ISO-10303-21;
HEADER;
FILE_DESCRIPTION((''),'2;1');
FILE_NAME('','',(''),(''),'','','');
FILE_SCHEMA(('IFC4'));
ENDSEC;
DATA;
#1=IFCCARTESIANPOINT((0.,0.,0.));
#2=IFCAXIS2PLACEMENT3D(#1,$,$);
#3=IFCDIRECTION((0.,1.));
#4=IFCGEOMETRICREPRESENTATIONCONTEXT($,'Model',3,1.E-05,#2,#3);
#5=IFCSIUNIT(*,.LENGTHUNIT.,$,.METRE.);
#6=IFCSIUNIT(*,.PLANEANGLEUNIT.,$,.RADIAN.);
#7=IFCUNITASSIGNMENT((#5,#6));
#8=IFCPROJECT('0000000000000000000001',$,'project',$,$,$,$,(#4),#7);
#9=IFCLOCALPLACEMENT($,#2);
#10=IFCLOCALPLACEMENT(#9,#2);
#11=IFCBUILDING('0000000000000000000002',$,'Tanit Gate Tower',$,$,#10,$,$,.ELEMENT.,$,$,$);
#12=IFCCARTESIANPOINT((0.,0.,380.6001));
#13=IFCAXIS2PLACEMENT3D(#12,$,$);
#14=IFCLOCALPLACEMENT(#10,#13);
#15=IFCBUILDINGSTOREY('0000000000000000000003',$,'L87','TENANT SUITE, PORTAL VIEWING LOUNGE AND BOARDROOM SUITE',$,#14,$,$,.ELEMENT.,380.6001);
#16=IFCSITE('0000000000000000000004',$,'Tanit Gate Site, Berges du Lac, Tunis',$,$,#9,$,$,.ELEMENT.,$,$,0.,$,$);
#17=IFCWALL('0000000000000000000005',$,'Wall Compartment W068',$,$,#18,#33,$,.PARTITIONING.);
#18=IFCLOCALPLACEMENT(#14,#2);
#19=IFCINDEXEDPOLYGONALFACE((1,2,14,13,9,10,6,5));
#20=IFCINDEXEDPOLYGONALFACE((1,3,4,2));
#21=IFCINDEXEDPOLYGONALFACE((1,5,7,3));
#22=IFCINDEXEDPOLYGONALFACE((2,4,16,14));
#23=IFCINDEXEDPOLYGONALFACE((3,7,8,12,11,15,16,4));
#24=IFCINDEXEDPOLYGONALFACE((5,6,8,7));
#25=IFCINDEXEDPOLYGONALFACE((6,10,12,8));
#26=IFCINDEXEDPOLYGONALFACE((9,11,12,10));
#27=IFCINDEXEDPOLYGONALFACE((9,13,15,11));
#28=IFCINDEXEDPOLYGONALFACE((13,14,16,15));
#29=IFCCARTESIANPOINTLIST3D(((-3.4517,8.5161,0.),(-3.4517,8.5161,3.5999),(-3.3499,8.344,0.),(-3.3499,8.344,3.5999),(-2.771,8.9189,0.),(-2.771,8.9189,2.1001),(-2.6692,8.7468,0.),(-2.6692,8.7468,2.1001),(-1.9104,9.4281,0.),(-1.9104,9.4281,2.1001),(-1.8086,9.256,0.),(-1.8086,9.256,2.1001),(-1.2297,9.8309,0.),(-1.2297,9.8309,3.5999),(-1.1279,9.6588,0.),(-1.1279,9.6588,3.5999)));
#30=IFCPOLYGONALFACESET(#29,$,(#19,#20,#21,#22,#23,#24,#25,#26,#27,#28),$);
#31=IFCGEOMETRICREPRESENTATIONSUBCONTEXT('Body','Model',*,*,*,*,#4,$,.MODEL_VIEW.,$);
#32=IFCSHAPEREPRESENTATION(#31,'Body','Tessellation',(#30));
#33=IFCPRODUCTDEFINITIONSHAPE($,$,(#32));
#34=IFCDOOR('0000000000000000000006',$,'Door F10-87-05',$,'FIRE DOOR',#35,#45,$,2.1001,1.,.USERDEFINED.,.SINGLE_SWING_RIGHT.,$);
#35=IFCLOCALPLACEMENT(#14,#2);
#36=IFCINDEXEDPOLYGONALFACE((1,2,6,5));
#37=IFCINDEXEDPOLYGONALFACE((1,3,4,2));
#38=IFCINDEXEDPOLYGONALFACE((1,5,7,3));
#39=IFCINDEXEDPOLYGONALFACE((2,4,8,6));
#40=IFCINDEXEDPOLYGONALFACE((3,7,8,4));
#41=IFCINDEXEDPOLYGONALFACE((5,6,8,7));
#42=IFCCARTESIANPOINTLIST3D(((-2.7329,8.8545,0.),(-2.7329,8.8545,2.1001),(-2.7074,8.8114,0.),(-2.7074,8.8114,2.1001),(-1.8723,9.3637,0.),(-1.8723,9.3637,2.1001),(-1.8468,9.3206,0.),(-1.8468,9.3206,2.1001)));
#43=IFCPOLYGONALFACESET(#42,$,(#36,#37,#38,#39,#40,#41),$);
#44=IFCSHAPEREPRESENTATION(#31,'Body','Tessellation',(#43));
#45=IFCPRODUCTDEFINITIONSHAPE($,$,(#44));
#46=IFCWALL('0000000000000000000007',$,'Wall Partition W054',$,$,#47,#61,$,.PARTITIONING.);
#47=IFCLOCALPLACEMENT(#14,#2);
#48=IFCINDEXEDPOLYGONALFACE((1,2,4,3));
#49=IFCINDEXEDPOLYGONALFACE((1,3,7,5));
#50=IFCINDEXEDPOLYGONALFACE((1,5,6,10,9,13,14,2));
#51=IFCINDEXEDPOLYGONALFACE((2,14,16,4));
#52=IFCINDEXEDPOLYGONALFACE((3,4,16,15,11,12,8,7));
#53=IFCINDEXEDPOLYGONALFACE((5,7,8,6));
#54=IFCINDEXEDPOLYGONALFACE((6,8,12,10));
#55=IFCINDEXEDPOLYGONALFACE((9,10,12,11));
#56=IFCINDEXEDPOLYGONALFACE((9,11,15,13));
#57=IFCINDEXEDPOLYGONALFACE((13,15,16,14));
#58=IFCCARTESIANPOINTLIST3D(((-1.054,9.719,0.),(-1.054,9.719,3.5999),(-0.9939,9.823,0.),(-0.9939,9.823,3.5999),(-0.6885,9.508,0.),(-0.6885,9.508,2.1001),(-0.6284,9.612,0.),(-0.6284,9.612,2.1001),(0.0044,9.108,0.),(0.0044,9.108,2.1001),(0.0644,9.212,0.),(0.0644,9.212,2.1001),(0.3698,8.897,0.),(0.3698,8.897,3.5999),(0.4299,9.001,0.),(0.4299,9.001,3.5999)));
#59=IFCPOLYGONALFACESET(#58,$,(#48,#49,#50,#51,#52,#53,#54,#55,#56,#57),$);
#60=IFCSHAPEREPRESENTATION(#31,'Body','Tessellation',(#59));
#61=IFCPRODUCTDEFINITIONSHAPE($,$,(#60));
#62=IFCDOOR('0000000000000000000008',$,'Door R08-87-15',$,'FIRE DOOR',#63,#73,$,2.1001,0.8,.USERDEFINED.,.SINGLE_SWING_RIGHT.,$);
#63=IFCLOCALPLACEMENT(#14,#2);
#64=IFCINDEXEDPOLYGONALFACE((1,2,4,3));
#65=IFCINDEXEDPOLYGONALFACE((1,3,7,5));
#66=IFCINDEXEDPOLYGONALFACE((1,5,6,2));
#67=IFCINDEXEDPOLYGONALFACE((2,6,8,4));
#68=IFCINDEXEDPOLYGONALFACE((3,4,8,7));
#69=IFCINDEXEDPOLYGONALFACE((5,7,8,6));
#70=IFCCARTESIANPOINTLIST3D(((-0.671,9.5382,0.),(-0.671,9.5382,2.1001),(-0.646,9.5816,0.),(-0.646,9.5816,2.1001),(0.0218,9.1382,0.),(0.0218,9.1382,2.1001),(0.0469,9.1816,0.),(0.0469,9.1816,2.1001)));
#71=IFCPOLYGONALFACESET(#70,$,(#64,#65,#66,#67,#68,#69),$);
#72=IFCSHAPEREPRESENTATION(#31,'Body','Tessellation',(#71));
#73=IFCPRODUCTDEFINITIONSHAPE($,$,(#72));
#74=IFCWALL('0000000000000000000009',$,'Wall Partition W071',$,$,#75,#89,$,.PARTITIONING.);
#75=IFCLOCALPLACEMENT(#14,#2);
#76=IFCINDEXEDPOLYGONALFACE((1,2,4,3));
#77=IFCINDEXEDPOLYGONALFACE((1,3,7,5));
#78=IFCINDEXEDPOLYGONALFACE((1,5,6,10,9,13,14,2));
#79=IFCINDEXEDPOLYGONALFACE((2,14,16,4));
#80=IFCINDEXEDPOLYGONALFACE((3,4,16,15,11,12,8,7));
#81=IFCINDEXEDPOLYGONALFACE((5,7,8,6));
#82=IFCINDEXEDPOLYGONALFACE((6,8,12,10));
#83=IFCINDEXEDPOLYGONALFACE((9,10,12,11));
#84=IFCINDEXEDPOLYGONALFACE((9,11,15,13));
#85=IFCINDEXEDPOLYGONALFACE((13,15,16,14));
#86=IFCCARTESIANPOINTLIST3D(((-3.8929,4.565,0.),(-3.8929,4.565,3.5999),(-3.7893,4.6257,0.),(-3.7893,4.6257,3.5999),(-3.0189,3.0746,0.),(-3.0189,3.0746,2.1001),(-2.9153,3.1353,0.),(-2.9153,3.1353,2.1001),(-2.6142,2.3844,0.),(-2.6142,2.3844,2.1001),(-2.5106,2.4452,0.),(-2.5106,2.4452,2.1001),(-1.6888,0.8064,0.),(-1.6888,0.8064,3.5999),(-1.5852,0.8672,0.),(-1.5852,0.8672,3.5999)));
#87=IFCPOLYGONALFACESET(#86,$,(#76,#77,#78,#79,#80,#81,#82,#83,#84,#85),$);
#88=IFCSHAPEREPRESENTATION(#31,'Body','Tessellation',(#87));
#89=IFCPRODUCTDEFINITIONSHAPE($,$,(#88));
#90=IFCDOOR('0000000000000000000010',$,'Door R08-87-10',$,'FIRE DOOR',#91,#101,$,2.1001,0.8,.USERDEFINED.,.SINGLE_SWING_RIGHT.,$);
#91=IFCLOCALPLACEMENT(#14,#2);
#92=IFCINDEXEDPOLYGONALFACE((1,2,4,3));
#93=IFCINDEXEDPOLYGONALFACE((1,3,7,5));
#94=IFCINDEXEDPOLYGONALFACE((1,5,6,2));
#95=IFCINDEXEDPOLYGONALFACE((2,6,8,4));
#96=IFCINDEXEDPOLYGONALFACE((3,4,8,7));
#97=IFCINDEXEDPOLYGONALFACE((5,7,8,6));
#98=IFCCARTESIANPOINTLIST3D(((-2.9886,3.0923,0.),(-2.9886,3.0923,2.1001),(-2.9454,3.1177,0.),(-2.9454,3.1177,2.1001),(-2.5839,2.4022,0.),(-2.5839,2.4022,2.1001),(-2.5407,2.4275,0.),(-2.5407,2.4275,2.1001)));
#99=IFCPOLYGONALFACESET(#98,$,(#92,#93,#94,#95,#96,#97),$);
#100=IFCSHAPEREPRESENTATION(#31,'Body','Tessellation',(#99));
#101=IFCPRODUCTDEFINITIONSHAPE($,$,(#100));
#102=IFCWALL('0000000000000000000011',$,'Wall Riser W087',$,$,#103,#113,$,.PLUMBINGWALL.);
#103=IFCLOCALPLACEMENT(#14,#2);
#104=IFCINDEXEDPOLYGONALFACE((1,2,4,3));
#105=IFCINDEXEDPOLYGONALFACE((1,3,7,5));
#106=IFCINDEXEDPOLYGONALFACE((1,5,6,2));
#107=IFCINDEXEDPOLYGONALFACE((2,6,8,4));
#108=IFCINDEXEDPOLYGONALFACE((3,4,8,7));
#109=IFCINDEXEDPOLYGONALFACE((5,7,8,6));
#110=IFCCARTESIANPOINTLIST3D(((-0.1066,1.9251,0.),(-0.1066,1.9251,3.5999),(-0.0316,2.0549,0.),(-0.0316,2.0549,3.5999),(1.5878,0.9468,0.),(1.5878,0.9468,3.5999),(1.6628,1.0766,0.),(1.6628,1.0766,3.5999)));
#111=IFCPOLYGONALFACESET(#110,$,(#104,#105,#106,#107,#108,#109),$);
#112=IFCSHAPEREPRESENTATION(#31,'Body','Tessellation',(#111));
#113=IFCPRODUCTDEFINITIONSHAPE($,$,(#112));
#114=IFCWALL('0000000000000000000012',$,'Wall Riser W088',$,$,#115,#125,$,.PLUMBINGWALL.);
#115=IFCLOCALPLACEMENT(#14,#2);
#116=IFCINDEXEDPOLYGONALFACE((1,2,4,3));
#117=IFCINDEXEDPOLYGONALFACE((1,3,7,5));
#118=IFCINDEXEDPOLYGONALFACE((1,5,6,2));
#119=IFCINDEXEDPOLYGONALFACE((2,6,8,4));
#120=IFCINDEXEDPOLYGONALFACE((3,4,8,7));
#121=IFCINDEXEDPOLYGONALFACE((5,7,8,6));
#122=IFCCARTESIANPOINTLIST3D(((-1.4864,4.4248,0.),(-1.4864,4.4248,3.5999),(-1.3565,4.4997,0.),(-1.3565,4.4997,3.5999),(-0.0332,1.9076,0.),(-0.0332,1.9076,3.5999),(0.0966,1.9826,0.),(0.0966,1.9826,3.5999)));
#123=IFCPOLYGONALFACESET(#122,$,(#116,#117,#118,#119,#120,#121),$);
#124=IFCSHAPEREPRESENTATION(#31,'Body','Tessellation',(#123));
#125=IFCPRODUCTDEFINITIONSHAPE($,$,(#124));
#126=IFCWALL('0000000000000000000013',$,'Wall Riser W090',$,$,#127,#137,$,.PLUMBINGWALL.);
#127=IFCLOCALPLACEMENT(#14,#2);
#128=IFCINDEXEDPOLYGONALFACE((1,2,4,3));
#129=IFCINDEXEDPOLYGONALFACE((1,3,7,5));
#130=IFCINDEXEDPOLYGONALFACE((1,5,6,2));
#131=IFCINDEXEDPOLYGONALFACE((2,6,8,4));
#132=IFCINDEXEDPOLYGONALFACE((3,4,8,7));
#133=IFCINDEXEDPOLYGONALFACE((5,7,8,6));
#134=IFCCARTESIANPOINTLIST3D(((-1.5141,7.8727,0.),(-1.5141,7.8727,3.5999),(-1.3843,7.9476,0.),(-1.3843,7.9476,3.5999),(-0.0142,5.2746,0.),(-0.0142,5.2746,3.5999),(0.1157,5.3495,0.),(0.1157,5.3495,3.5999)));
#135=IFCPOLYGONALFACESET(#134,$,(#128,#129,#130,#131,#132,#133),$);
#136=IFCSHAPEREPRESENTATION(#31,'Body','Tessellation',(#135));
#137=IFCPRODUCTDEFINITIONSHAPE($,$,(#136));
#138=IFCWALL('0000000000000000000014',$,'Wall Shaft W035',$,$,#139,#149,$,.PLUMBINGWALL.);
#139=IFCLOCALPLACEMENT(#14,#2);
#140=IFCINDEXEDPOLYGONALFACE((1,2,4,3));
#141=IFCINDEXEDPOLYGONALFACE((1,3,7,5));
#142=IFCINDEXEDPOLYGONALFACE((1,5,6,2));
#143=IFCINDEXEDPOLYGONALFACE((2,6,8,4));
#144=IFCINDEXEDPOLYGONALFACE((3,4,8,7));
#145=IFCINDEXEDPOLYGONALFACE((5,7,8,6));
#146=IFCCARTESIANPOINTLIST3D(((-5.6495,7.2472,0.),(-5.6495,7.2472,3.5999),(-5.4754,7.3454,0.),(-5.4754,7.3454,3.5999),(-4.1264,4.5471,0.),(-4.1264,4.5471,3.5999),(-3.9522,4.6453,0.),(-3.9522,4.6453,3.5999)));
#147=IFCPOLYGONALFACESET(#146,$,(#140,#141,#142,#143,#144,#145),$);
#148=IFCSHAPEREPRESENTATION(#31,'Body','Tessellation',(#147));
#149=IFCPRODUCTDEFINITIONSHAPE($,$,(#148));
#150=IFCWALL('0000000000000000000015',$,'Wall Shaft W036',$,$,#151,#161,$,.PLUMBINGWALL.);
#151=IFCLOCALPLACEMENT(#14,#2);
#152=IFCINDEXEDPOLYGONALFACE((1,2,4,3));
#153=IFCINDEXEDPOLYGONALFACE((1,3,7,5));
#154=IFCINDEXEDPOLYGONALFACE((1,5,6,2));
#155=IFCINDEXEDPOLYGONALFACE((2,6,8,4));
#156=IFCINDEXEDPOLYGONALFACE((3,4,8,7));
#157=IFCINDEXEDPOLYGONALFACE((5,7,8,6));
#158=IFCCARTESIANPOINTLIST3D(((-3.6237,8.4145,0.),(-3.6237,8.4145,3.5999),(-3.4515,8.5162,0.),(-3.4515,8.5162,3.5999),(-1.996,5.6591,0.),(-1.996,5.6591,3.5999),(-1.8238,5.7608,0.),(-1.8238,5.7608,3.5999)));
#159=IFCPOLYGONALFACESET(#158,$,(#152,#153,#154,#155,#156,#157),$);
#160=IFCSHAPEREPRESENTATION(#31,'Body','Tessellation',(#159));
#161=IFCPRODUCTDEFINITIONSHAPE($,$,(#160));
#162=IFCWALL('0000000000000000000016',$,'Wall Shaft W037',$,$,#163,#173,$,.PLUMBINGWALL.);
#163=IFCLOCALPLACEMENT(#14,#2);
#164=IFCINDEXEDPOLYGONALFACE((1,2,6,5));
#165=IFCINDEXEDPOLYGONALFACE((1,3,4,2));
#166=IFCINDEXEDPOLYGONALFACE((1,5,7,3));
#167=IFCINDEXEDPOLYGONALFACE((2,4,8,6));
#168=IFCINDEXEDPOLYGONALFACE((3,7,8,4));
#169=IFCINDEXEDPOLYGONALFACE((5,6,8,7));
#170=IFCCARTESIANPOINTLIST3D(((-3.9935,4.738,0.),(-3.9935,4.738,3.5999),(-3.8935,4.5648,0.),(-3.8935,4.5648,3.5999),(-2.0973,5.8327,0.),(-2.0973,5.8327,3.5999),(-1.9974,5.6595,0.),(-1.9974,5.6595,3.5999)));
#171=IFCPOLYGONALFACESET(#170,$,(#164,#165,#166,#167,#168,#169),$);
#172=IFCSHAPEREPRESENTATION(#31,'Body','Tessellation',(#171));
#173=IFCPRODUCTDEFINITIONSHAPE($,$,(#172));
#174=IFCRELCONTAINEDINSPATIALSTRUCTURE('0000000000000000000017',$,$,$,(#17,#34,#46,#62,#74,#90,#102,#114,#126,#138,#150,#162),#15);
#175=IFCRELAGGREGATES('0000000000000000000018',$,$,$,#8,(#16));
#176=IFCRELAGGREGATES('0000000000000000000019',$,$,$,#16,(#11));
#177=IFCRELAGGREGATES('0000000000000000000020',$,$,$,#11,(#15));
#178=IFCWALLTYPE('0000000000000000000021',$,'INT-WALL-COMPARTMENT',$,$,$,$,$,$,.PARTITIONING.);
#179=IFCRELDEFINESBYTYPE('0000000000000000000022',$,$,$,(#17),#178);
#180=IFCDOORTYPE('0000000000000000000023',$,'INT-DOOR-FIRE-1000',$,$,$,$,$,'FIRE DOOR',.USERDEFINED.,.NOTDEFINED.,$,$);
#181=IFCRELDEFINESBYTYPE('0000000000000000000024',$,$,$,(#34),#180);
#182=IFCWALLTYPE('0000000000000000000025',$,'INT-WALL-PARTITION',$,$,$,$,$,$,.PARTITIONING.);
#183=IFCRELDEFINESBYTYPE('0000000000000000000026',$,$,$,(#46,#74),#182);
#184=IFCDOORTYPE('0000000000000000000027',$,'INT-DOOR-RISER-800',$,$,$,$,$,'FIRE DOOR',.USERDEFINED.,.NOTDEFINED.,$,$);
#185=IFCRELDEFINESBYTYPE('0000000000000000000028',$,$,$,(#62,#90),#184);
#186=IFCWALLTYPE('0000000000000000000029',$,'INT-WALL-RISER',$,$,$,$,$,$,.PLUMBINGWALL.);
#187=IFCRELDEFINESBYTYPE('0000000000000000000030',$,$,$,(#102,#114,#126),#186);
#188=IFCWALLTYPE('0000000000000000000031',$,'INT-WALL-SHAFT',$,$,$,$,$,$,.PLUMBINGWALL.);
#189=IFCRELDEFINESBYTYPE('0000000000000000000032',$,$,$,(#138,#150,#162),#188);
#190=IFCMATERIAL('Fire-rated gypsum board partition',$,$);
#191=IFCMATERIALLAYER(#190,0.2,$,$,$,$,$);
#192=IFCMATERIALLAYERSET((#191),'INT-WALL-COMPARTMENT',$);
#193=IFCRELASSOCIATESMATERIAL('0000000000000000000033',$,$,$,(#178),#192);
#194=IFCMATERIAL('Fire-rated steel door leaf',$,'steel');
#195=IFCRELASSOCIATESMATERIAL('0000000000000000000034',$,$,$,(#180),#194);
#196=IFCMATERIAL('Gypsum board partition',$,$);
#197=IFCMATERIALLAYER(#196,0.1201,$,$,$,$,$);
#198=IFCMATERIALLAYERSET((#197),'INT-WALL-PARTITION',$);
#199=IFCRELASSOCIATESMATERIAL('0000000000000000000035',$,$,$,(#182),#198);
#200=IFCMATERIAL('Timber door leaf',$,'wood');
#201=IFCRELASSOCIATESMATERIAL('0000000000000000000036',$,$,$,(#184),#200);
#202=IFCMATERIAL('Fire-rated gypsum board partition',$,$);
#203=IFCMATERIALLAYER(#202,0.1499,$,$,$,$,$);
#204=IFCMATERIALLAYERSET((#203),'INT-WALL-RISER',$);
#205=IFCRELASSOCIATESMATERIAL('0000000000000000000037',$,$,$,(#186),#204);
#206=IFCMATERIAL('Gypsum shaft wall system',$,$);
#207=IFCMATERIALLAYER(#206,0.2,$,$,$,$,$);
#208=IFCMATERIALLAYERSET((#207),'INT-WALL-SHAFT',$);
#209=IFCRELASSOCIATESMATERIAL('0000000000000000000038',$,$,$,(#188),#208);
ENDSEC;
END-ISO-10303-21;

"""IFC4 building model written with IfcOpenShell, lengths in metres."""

from ifc_helpers import new_model, si_unit, direction, frame, frame_2d, origin, place, context, subcontext, project, spatial, rectangle, extrude, material, layer, layer_set, type_object, element, fill, save


model = new_model("IFC4")

# Units and contexts
model_context = context("Model", 3, precision=1e-05, world=origin(), true_north=direction((0.0, 1.0)))
body_context = subcontext(model_context, "Body", "Model", "MODEL_VIEW")
ifc_project = project(units=[si_unit("LENGTHUNIT", "METRE"), si_unit("PLANEANGLEUNIT", "RADIAN")], contexts=[model_context])

# Site, building, storey
site_placement = place(None, origin())
site = spatial("IfcSite", under=ifc_project, at=site_placement, Name="Tanit Gate Site, Berges du Lac, Tunis", CompositionType="ELEMENT", RefElevation=0.0)
building_placement = place(site_placement, origin())
building = spatial("IfcBuilding", under=site, at=building_placement, Name="Tanit Gate Tower", CompositionType="ELEMENT")
storey_placement = place(building_placement, frame((0.0, 0.0, 380.6001)))
storey = spatial("IfcBuildingStorey", under=building, at=storey_placement, Name="L87", Description="TENANT SUITE, PORTAL VIEWING LOUNGE AND BOARDROOM SUITE", CompositionType="ELEMENT", Elevation=380.6001)

# Shared definitions
ifc_material_1 = material(Name="Fire-rated gypsum board partition")
ifc_layer_1 = layer(ifc_material_1, 0.2)
ifc_layer_set_1 = layer_set([ifc_layer_1], Name="INT-WALL-COMPARTMENT")
wall_type_1 = type_object("IfcWallType", Name="INT-WALL-COMPARTMENT", PredefinedType="PARTITIONING", material=ifc_layer_set_1)

# Walls, openings, doors
wall_1_placement = place(storey_placement, frame((-1.1787, 9.7449, 0.0), z_axis=(0.0, 0.0, 1.0), x_axis=(-0.860631, -0.509229, 0.0)))
wall_1 = element("IfcWall", 1, at=wall_1_placement, inside=storey, type_object=wall_type_1, Name="Wall Compartment W068", PredefinedType="PARTITIONING", context=body_context, shape_type="SweptSolid", body=[
    extrude(rectangle(XDim=2.5818, YDim=0.2, at=frame_2d((1.291, 0.0))), origin(), (0.0, 0.0, 1.0), 3.5999),
])
opening_1_placement = place(wall_1_placement, frame((0.791, 0.0, 0.0)))
opening_1 = element("IfcOpeningElement", 2, at=opening_1_placement, cuts=wall_1, PredefinedType="OPENING", context=body_context, shape_type="SweptSolid", body=[
    extrude(rectangle(XDim=1.0, YDim=2.1001, at=frame_2d((0.5, 1.05))), frame((0.0, 0.1099, 0.0), z_axis=(0.0, -1.0, 0.0), x_axis=(1.0, 0.0, 0.0)), (0.0, 0.0, 1.0), 0.22),
])
ifc_material_2 = material(Name="Fire-rated steel door leaf", Category="steel")
door_type_1 = type_object("IfcDoorType", Name="INT-DOOR-FIRE-1000", ElementType="FIRE DOOR", OperationType="NOTDEFINED", PredefinedType="USERDEFINED", material=ifc_material_2)
door_1_placement = place(opening_1_placement, origin())
door_1 = element("IfcDoor", 3, at=door_1_placement, inside=storey, type_object=door_type_1, Name="Door F10-87-05", ObjectType="FIRE DOOR", OperationType="SINGLE_SWING_RIGHT", OverallHeight=2.1001, OverallWidth=1.0, PredefinedType="USERDEFINED", context=body_context, shape_type="SweptSolid", body=[
    extrude(rectangle(XDim=1.0, YDim=2.1001, at=frame_2d((0.5, 1.05))), frame((0.0, 0.0249, 0.0), z_axis=(0.0, -1.0, 0.0), x_axis=(1.0, 0.0, 0.0)), (0.0, 0.0, 1.0), 0.05),
])
fill(opening_1, door_1)
ifc_material_3 = material(Name="Gypsum board partition")
ifc_layer_2 = layer(ifc_material_3, 0.1201)
ifc_layer_set_2 = layer_set([ifc_layer_2], Name="INT-WALL-PARTITION")
wall_type_2 = type_object("IfcWallType", Name="INT-WALL-PARTITION", PredefinedType="PARTITIONING", material=ifc_layer_set_2)
wall_2_placement = place(storey_placement, frame((-1.0239, 9.771, 0.0), z_axis=(0.0, 0.0, 1.0), x_axis=(0.866032, -0.499988, 0.0)))
wall_2 = element("IfcWall", 4, at=wall_2_placement, inside=storey, type_object=wall_type_2, Name="Wall Partition W054", PredefinedType="PARTITIONING", context=body_context, shape_type="SweptSolid", body=[
    extrude(rectangle(XDim=1.644, YDim=0.1201, at=frame_2d((0.822, 0.0))), origin(), (0.0, 0.0, 1.0), 3.5999),
])
opening_2_placement = place(wall_2_placement, frame((0.4221, 0.0, 0.0)))
opening_2 = element("IfcOpeningElement", 5, at=opening_2_placement, cuts=wall_2, PredefinedType="OPENING", context=body_context, shape_type="SweptSolid", body=[
    extrude(rectangle(XDim=0.8, YDim=2.1001, at=frame_2d((0.3999, 1.05))), frame((0.0, 0.0701, 0.0), z_axis=(0.0, -1.0, 0.0), x_axis=(1.0, 0.0, 0.0)), (0.0, 0.0, 1.0), 0.1401),
])
ifc_material_4 = material(Name="Timber door leaf", Category="wood")
door_type_2 = type_object("IfcDoorType", Name="INT-DOOR-RISER-800", ElementType="FIRE DOOR", OperationType="NOTDEFINED", PredefinedType="USERDEFINED", material=ifc_material_4)
door_2_placement = place(opening_2_placement, origin())
door_2 = element("IfcDoor", 6, at=door_2_placement, inside=storey, type_object=door_type_2, Name="Door R08-87-15", ObjectType="FIRE DOOR", OperationType="SINGLE_SWING_RIGHT", OverallHeight=2.1001, OverallWidth=0.8, PredefinedType="USERDEFINED", context=body_context, shape_type="SweptSolid", body=[
    extrude(rectangle(XDim=0.8, YDim=2.1001, at=frame_2d((0.3999, 1.05))), frame((0.0, 0.0249, 0.0), z_axis=(0.0, -1.0, 0.0), x_axis=(1.0, 0.0, 0.0)), (0.0, 0.0, 1.0), 0.05),
])
fill(opening_2, door_2)
wall_3_placement = place(storey_placement, frame((-1.637, 0.8367, 0.0), z_axis=(0.0, 0.0, 1.0), x_axis=(-0.505859, 0.862616, 0.0)))
wall_3 = element("IfcWall", 7, at=wall_3_placement, inside=storey, type_object=wall_type_2, Name="Wall Partition W071", PredefinedType="PARTITIONING", context=body_context, shape_type="SweptSolid", body=[
    extrude(rectangle(XDim=4.3572, YDim=0.1201, at=frame_2d((2.1787, 0.0))), origin(), (0.0, 0.0, 1.0), 3.5999),
])
opening_3_placement = place(wall_3_placement, frame((1.8296, 0.0, 0.0)))
opening_3 = element("IfcOpeningElement", 8, at=opening_3_placement, cuts=wall_3, PredefinedType="OPENING", context=body_context, shape_type="SweptSolid", body=[
    extrude(rectangle(XDim=0.8, YDim=2.1001, at=frame_2d((0.3999, 1.05))), frame((0.0, 0.0701, 0.0), z_axis=(0.0, -1.0, 0.0), x_axis=(1.0, 0.0, 0.0)), (0.0, 0.0, 1.0), 0.1401),
])
door_3_placement = place(opening_3_placement, origin())
door_3 = element("IfcDoor", 9, at=door_3_placement, inside=storey, type_object=door_type_2, Name="Door R08-87-10", ObjectType="FIRE DOOR", OperationType="SINGLE_SWING_RIGHT", OverallHeight=2.1001, OverallWidth=0.8, PredefinedType="USERDEFINED", context=body_context, shape_type="SweptSolid", body=[
    extrude(rectangle(XDim=0.8, YDim=2.1001, at=frame_2d((0.3999, 1.05))), frame((0.0, 0.0249, 0.0), z_axis=(0.0, -1.0, 0.0), x_axis=(1.0, 0.0, 0.0)), (0.0, 0.0, 1.0), 0.05),
])
fill(opening_3, door_3)

# Walls
ifc_material_5 = material(Name="Fire-rated gypsum board partition")
ifc_layer_3 = layer(ifc_material_5, 0.1499)
ifc_layer_set_3 = layer_set([ifc_layer_3], Name="INT-WALL-RISER")
wall_type_3 = type_object("IfcWallType", Name="INT-WALL-RISER", PredefinedType="PLUMBINGWALL", material=ifc_layer_set_3)
wall_4_placement = place(storey_placement, frame((-0.0691, 1.99, 0.0), z_axis=(0.0, 0.0, 1.0), x_axis=(0.866015, -0.500018, 0.0)))
element("IfcWall", 10, at=wall_4_placement, inside=storey, type_object=wall_type_3, Name="Wall Riser W087", PredefinedType="PLUMBINGWALL", context=body_context, shape_type="SweptSolid", body=[
    extrude(rectangle(XDim=1.9565, YDim=0.1499, at=frame_2d((0.9783, 0.0))), origin(), (0.0, 0.0, 1.0), 3.5999),
])
wall_5_placement = place(storey_placement, frame((-1.4214, 4.4622, 0.0), z_axis=(0.0, 0.0, 1.0), x_axis=(0.49997, -0.866043, 0.0)))
element("IfcWall", 11, at=wall_5_placement, inside=storey, type_object=wall_type_3, Name="Wall Riser W088", PredefinedType="PLUMBINGWALL", context=body_context, shape_type="SweptSolid", body=[
    extrude(rectangle(XDim=2.9065, YDim=0.1499, at=frame_2d((1.4531, 0.0))), origin(), (0.0, 0.0, 1.0), 3.5999),
])
wall_6_placement = place(storey_placement, frame((-1.4492, 7.9102, 0.0), z_axis=(0.0, 0.0, 1.0), x_axis=(0.49999, -0.866031, 0.0)))
element("IfcWall", 12, at=wall_6_placement, inside=storey, type_object=wall_type_3, Name="Wall Riser W090", PredefinedType="PLUMBINGWALL", context=body_context, shape_type="SweptSolid", body=[
    extrude(rectangle(XDim=3.0, YDim=0.1499, at=frame_2d((1.5, 0.0))), origin(), (0.0, 0.0, 1.0), 3.5999),
])

# Shared definitions
ifc_material_6 = material(Name="Gypsum shaft wall system")
ifc_layer_4 = layer(ifc_material_6, 0.2)
ifc_layer_set_4 = layer_set([ifc_layer_4], Name="INT-WALL-SHAFT")
wall_type_4 = type_object("IfcWallType", Name="INT-WALL-SHAFT", PredefinedType="PLUMBINGWALL", material=ifc_layer_set_4)

# Walls
wall_7_placement = place(storey_placement, frame((-4.0393, 4.5962, 0.0), z_axis=(0.0, 0.0, 1.0), x_axis=(-0.491323, 0.870978, 0.0)))
element("IfcWall", 13, at=wall_7_placement, inside=storey, type_object=wall_type_4, Name="Wall Shaft W035", PredefinedType="PLUMBINGWALL", context=body_context, shape_type="SweptSolid", body=[
    extrude(rectangle(XDim=3.1001, YDim=0.2, at=frame_2d((1.55, 0.0))), origin(), (0.0, 0.0, 1.0), 3.5999),
])
wall_8_placement = place(storey_placement, frame((-3.5376, 8.4653, 0.0), z_axis=(0.0, 0.0, 1.0), x_axis=(0.508616, -0.860993, 0.0)))
element("IfcWall", 14, at=wall_8_placement, inside=storey, type_object=wall_type_4, Name="Wall Shaft W036", PredefinedType="PLUMBINGWALL", context=body_context, shape_type="SweptSolid", body=[
    extrude(rectangle(XDim=3.2002, YDim=0.2, at=frame_2d((1.6001, 0.0))), origin(), (0.0, 0.0, 1.0), 3.5999),
])
wall_9_placement = place(storey_placement, frame((-2.0474, 5.7461, 0.0), z_axis=(0.0, 0.0, 1.0), x_axis=(-0.866039, -0.499977, 0.0)))
element("IfcWall", 15, at=wall_9_placement, inside=storey, type_object=wall_type_4, Name="Wall Shaft W037", PredefinedType="PLUMBINGWALL", context=body_context, shape_type="SweptSolid", body=[
    extrude(rectangle(XDim=2.1895, YDim=0.2, at=frame_2d((1.0947, 0.0))), origin(), (0.0, 0.0, 1.0), 3.5999),
])

save(model, "model.ifc")
